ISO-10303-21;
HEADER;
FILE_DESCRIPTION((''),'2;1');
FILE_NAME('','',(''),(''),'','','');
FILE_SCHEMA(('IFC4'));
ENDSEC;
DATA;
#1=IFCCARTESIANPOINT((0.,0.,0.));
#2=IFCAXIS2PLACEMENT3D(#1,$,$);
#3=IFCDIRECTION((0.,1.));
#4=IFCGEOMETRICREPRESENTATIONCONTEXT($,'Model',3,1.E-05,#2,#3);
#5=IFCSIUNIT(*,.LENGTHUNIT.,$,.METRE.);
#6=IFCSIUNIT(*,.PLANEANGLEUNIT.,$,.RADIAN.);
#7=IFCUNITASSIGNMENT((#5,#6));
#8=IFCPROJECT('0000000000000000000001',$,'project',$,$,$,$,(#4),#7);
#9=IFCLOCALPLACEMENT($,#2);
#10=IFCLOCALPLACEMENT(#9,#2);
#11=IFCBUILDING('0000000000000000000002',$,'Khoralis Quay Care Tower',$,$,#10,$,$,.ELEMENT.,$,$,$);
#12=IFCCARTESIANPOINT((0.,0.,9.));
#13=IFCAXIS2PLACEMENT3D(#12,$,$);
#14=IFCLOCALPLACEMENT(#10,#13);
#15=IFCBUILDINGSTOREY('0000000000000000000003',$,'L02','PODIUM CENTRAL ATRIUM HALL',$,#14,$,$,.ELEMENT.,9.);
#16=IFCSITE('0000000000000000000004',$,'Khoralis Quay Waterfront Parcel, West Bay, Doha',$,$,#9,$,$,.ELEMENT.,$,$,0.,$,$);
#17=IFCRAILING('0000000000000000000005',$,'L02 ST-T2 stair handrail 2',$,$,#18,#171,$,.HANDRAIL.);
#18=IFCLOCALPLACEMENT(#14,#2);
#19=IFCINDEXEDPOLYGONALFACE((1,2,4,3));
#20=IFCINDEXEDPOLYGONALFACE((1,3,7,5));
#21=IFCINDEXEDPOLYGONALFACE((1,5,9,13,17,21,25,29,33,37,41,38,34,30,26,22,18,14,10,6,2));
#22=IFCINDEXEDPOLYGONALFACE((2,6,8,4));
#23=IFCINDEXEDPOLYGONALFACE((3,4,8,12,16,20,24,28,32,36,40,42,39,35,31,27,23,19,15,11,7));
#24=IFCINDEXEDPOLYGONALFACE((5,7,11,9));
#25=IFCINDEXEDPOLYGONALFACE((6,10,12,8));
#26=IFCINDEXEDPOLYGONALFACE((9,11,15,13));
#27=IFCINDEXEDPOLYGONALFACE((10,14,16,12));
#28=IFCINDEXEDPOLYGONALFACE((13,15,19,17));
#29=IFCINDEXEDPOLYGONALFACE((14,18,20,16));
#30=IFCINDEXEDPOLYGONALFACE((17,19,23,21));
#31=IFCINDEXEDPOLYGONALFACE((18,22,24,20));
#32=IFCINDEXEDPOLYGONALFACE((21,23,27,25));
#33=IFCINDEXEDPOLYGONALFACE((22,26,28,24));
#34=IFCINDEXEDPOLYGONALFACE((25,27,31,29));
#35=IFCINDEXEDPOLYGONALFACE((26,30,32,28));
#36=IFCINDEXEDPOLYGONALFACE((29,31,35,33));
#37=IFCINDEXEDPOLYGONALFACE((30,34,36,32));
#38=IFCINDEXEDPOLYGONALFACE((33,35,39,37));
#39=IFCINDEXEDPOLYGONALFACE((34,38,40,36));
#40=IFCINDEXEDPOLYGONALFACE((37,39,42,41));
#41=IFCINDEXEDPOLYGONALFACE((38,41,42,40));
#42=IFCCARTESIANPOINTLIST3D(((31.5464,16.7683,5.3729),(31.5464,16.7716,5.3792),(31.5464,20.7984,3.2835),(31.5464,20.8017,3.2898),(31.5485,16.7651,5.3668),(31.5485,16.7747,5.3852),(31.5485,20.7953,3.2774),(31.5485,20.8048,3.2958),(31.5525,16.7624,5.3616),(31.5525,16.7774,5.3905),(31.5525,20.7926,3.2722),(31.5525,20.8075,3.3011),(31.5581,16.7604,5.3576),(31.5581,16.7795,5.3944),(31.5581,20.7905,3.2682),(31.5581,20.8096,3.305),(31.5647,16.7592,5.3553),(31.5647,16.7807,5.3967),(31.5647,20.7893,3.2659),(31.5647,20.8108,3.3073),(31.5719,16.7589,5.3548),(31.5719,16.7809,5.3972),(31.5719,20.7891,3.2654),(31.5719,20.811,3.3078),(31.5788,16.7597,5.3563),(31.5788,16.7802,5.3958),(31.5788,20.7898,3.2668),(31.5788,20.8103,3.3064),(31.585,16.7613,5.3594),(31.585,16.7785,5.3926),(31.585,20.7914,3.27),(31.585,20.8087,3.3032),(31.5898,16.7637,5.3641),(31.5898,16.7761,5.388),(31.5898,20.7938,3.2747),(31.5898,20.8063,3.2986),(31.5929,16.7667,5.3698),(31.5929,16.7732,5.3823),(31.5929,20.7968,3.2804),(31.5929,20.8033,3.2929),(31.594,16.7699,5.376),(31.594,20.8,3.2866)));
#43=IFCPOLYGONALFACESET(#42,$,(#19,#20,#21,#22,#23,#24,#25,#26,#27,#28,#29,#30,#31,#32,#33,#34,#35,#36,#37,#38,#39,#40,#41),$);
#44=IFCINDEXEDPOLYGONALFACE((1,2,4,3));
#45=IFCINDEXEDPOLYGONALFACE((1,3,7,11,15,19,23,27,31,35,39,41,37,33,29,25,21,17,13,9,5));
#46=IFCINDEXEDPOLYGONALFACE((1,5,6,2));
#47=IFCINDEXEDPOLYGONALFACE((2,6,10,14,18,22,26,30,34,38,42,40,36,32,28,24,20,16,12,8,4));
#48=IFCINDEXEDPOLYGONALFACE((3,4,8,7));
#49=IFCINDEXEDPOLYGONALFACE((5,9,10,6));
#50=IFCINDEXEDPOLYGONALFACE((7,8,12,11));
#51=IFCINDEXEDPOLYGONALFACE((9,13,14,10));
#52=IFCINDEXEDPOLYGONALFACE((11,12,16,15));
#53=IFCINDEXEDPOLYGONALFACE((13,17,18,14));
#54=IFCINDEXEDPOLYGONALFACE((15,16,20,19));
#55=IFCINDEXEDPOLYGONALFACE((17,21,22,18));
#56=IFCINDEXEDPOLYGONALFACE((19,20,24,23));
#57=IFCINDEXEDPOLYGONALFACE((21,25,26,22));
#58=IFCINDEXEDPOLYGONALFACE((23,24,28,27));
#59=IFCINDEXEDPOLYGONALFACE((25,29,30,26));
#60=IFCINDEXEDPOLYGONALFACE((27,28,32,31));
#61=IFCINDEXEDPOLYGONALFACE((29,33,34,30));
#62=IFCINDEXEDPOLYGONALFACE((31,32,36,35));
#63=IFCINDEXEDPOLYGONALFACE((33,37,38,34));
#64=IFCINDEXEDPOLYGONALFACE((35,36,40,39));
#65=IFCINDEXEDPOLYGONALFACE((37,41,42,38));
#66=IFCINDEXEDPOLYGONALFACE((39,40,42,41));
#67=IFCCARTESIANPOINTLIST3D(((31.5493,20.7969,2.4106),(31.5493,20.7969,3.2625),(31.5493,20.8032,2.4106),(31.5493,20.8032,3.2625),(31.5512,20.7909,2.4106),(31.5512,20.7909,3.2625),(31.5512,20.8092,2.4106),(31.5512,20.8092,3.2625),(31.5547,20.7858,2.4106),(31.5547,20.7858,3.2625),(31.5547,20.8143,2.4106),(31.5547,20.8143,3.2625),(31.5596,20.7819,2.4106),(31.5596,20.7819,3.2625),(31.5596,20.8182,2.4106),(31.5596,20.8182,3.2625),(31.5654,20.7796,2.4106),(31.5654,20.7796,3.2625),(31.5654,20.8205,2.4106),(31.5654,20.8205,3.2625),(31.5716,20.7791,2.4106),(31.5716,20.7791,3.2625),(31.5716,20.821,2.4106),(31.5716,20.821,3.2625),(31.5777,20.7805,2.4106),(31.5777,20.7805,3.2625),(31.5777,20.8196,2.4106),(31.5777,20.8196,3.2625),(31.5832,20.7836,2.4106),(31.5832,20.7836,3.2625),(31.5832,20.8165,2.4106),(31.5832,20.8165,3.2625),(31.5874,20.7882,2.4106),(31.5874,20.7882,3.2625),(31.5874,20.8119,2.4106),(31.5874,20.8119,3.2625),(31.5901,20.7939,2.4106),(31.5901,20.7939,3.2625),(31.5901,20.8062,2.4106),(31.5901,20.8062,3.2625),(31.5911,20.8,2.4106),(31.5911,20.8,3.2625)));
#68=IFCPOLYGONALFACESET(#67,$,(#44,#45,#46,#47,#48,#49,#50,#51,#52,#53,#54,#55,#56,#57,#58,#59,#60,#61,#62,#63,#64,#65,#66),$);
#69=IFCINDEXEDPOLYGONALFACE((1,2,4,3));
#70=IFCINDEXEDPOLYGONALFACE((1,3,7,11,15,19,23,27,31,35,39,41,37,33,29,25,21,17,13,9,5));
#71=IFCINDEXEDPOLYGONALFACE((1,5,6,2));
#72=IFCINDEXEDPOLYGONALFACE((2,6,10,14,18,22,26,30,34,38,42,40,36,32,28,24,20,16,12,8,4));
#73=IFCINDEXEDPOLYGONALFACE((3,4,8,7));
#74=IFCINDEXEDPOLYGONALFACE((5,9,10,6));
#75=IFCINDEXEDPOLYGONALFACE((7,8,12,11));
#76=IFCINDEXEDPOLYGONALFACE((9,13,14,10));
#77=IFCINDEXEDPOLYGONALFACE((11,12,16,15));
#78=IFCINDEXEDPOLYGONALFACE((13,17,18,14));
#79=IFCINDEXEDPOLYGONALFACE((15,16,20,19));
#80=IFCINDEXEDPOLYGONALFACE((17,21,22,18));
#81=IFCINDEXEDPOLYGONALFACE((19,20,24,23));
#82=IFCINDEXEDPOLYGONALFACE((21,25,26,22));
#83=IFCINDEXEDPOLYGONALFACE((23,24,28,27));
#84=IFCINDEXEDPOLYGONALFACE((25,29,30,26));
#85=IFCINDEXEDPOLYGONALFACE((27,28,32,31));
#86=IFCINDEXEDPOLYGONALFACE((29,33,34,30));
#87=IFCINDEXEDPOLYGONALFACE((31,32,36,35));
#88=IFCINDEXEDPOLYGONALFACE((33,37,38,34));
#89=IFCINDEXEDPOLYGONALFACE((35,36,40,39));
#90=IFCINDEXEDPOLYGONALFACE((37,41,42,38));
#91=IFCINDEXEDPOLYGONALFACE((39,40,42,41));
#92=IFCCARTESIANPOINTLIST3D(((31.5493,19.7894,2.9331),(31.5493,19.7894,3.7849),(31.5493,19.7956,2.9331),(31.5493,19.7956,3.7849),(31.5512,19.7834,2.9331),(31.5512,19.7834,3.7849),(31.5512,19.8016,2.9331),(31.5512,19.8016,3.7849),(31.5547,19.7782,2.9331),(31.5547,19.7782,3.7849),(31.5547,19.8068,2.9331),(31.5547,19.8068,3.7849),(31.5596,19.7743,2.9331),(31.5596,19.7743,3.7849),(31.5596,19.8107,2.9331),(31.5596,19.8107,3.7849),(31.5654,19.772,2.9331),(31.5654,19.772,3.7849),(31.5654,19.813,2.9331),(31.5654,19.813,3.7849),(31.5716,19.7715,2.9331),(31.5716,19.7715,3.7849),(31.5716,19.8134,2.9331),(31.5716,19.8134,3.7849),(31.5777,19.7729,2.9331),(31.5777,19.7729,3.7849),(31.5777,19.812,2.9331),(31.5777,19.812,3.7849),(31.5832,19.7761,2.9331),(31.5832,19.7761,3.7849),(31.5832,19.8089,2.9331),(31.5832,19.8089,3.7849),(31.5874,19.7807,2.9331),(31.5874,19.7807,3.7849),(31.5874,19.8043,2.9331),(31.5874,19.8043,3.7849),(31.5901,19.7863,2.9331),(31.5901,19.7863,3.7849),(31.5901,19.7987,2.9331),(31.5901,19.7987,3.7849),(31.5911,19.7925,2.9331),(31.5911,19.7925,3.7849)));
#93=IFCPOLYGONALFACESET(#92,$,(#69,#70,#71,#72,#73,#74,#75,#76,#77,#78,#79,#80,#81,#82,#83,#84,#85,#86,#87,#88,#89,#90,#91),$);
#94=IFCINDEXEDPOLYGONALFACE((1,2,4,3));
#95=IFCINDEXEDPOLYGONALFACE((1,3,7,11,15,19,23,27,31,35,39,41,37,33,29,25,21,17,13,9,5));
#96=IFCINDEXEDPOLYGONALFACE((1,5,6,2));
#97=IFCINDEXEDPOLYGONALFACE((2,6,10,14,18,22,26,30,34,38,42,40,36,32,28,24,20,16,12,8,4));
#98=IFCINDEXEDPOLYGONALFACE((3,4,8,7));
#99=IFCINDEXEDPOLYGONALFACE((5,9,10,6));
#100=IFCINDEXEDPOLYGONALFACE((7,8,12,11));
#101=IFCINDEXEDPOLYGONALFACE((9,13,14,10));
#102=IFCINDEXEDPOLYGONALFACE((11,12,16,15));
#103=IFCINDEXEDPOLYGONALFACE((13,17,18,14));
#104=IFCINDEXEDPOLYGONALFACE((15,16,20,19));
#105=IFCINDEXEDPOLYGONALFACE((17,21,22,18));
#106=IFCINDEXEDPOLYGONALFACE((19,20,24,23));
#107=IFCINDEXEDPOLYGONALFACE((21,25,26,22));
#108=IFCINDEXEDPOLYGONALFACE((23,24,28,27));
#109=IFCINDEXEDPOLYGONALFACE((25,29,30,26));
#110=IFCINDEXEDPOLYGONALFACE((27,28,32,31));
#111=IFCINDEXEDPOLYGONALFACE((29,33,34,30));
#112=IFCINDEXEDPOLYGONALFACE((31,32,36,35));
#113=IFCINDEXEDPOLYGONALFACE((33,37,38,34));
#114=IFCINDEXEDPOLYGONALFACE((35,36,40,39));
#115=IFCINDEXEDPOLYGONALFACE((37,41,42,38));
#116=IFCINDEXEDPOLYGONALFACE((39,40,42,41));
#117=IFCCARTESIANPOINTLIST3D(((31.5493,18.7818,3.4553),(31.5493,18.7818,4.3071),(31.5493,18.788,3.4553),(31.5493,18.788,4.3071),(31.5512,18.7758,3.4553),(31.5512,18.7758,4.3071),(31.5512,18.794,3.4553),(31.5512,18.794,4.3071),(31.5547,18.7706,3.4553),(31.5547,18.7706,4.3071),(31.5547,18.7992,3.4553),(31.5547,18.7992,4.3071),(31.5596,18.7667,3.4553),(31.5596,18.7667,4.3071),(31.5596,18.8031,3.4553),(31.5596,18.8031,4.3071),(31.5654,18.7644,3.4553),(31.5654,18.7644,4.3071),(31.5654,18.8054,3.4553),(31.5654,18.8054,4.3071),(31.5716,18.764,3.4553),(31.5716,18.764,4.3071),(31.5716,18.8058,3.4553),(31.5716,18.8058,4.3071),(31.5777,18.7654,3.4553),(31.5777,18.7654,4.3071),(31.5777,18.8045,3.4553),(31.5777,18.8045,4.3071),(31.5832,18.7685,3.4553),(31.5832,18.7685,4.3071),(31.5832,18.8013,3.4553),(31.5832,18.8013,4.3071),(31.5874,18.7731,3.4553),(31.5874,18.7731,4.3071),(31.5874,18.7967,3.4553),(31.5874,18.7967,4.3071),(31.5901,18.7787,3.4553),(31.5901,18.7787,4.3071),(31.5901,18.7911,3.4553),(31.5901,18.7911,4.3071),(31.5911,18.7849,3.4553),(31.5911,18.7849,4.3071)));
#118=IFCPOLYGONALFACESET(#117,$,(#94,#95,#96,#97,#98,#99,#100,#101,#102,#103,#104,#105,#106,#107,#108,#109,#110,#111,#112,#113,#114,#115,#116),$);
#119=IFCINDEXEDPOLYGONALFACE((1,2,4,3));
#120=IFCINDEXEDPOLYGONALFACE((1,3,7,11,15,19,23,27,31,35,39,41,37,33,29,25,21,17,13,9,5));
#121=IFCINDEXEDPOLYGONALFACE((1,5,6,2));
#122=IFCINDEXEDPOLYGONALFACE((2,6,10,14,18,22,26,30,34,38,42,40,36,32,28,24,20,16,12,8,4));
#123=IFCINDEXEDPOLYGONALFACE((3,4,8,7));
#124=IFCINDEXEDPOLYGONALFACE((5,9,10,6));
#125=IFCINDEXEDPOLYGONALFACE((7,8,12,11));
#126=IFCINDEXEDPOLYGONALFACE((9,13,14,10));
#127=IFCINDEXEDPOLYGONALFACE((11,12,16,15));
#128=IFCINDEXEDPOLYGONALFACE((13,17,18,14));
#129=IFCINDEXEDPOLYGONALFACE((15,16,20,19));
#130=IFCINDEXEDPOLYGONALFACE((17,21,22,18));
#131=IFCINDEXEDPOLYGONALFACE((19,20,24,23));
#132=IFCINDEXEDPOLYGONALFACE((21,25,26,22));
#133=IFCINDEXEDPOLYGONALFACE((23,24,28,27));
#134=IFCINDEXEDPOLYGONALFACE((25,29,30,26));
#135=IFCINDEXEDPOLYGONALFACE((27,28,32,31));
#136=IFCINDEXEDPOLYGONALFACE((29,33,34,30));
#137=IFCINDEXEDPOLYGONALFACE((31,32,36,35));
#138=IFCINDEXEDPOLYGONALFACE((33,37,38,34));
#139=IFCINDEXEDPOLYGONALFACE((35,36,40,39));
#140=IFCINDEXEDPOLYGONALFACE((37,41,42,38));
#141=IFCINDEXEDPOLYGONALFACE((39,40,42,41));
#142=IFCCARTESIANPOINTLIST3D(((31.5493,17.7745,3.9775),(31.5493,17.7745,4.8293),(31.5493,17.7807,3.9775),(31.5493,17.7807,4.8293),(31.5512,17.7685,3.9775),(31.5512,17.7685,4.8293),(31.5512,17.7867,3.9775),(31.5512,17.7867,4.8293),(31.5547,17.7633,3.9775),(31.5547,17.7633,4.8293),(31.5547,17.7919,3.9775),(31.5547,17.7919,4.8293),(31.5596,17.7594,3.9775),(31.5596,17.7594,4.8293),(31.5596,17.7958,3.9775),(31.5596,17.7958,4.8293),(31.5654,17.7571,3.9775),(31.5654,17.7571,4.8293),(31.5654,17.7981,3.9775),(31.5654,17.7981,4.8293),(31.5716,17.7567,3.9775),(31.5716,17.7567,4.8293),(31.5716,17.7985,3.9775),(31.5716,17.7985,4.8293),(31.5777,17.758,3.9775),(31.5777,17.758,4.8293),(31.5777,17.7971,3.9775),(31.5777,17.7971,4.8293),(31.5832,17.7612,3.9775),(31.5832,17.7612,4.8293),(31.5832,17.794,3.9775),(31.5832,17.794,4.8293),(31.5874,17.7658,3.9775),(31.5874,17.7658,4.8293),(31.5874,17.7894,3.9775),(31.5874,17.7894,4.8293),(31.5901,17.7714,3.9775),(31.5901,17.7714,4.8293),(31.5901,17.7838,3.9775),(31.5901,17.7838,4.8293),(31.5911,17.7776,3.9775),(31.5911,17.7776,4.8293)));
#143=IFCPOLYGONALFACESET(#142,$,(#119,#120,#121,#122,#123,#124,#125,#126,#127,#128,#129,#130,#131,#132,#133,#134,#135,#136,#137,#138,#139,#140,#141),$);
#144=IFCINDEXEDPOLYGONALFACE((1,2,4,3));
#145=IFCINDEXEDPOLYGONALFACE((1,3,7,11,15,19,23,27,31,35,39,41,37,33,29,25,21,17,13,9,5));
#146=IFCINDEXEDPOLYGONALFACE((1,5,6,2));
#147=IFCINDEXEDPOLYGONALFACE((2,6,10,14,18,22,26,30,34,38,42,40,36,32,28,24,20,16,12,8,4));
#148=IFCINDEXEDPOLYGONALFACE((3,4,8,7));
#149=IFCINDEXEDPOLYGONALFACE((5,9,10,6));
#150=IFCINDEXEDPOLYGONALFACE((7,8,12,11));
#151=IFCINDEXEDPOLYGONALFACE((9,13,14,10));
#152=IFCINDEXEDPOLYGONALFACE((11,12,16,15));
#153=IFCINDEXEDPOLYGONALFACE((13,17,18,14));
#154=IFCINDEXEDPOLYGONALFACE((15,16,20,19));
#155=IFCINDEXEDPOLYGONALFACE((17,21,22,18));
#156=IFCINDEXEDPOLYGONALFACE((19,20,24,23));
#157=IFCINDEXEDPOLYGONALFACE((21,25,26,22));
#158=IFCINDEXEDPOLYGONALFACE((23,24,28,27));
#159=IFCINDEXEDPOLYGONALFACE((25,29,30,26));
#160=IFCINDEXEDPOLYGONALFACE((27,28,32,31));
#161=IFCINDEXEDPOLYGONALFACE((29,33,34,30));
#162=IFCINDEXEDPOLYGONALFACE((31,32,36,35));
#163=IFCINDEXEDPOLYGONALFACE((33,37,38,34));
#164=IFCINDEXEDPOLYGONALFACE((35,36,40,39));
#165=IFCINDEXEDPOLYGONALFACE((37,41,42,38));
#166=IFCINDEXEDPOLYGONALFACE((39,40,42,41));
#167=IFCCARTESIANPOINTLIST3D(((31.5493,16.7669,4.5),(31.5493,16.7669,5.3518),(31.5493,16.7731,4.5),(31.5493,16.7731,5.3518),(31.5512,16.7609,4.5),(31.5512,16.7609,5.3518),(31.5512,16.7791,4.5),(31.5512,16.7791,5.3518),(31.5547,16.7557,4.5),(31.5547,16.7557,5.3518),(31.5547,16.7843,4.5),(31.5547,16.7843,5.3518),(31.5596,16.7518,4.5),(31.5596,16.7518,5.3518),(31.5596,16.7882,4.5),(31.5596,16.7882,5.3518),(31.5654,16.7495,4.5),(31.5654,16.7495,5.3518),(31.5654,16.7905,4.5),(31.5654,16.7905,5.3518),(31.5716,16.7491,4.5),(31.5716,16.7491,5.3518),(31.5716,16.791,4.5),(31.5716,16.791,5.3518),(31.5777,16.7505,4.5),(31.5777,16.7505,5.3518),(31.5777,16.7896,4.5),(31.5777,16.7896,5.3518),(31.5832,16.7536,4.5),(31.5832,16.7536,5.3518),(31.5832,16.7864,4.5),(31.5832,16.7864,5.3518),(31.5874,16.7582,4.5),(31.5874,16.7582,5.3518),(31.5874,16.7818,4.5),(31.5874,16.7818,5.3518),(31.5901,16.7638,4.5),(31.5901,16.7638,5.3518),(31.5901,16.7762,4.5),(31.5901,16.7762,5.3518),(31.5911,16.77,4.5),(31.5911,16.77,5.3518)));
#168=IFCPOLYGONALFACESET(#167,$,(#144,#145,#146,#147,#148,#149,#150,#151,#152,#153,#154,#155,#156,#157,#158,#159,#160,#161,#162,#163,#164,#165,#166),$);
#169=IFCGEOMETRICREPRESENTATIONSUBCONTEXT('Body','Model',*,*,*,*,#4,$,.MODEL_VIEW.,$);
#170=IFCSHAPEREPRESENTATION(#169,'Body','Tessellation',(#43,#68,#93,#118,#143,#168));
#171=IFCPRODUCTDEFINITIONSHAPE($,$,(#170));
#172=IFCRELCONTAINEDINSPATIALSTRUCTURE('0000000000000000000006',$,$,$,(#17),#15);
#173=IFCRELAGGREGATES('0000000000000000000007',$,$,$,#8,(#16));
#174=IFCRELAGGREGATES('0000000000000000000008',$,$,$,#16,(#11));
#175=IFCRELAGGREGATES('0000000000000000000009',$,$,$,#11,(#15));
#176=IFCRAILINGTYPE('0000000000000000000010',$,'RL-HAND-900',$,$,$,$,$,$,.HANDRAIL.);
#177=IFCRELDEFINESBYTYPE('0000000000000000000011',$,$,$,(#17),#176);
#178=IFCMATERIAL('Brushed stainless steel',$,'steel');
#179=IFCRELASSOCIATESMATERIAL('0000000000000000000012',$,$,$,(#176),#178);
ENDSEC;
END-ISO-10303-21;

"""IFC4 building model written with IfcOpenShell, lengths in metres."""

from ifc_helpers import new_model, si_unit, direction, frame, origin, origin_2d, place, context, subcontext, project, spatial, circle, extrude, material, type_object, element, save


model = new_model("IFC4")

# Units and contexts
model_context = context("Model", 3, precision=1e-05, world=origin(), true_north=direction((0.0, 1.0)))
body_context = subcontext(model_context, "Body", "Model", "MODEL_VIEW")
ifc_project = project(units=[si_unit("LENGTHUNIT", "METRE"), si_unit("PLANEANGLEUNIT", "RADIAN")], contexts=[model_context])

# Site, building, storey
site_placement = place(None, origin())
site = spatial("IfcSite", under=ifc_project, at=site_placement, Name="Khoralis Quay Waterfront Parcel, West Bay, Doha", CompositionType="ELEMENT", RefElevation=0.0)
building_placement = place(site_placement, origin())
building = spatial("IfcBuilding", under=site, at=building_placement, Name="Khoralis Quay Care Tower", CompositionType="ELEMENT")
storey_placement = place(building_placement, frame((0.0, 0.0, 9.0)))
storey = spatial("IfcBuildingStorey", under=building, at=storey_placement, Name="L02", Description="PODIUM CENTRAL ATRIUM HALL", CompositionType="ELEMENT", Elevation=9.0)

# Shared definitions
ifc_material_1 = material(Name="Brushed stainless steel", Category="steel")

# Railing
railing_type_1 = type_object("IfcRailingType", Name="RL-HAND-900", PredefinedType="HANDRAIL", material=ifc_material_1)
railing_1_placement = place(storey_placement, frame((31.5701, 20.8, 2.4106)))
element("IfcRailing", 1, at=railing_1_placement, inside=storey, type_object=railing_type_1, Name="L02 ST-T2 stair handrail 2", PredefinedType="HANDRAIL", context=body_context, shape_type="SweptSolid", body=[
    extrude(circle(Radius=0.0239, at=origin_2d()), frame((0.0, 0.0, 0.876), z_axis=(0.0, -0.887781, 0.460267), x_axis=(1.0, 0.0, 0.0)), (0.0, 0.0, 1.0), 4.5396),
    extrude(circle(Radius=0.021, at=origin_2d()), origin(), (0.0, 0.0, 1.0), 0.8518),
    extrude(circle(Radius=0.021, at=origin_2d()), frame((0.0, -1.0076, 0.5225)), (0.0, 0.0, 1.0), 0.8518),
    extrude(circle(Radius=0.021, at=origin_2d()), frame((0.0, -2.0151, 1.0447)), (0.0, 0.0, 1.0), 0.8518),
    extrude(circle(Radius=0.021, at=origin_2d()), frame((0.0, -3.0225, 1.5669)), (0.0, 0.0, 1.0), 0.8518),
    extrude(circle(Radius=0.021, at=origin_2d()), frame((0.0, -4.03, 2.0894)), (0.0, 0.0, 1.0), 0.8518),
])

save(model, "model.ifc")
